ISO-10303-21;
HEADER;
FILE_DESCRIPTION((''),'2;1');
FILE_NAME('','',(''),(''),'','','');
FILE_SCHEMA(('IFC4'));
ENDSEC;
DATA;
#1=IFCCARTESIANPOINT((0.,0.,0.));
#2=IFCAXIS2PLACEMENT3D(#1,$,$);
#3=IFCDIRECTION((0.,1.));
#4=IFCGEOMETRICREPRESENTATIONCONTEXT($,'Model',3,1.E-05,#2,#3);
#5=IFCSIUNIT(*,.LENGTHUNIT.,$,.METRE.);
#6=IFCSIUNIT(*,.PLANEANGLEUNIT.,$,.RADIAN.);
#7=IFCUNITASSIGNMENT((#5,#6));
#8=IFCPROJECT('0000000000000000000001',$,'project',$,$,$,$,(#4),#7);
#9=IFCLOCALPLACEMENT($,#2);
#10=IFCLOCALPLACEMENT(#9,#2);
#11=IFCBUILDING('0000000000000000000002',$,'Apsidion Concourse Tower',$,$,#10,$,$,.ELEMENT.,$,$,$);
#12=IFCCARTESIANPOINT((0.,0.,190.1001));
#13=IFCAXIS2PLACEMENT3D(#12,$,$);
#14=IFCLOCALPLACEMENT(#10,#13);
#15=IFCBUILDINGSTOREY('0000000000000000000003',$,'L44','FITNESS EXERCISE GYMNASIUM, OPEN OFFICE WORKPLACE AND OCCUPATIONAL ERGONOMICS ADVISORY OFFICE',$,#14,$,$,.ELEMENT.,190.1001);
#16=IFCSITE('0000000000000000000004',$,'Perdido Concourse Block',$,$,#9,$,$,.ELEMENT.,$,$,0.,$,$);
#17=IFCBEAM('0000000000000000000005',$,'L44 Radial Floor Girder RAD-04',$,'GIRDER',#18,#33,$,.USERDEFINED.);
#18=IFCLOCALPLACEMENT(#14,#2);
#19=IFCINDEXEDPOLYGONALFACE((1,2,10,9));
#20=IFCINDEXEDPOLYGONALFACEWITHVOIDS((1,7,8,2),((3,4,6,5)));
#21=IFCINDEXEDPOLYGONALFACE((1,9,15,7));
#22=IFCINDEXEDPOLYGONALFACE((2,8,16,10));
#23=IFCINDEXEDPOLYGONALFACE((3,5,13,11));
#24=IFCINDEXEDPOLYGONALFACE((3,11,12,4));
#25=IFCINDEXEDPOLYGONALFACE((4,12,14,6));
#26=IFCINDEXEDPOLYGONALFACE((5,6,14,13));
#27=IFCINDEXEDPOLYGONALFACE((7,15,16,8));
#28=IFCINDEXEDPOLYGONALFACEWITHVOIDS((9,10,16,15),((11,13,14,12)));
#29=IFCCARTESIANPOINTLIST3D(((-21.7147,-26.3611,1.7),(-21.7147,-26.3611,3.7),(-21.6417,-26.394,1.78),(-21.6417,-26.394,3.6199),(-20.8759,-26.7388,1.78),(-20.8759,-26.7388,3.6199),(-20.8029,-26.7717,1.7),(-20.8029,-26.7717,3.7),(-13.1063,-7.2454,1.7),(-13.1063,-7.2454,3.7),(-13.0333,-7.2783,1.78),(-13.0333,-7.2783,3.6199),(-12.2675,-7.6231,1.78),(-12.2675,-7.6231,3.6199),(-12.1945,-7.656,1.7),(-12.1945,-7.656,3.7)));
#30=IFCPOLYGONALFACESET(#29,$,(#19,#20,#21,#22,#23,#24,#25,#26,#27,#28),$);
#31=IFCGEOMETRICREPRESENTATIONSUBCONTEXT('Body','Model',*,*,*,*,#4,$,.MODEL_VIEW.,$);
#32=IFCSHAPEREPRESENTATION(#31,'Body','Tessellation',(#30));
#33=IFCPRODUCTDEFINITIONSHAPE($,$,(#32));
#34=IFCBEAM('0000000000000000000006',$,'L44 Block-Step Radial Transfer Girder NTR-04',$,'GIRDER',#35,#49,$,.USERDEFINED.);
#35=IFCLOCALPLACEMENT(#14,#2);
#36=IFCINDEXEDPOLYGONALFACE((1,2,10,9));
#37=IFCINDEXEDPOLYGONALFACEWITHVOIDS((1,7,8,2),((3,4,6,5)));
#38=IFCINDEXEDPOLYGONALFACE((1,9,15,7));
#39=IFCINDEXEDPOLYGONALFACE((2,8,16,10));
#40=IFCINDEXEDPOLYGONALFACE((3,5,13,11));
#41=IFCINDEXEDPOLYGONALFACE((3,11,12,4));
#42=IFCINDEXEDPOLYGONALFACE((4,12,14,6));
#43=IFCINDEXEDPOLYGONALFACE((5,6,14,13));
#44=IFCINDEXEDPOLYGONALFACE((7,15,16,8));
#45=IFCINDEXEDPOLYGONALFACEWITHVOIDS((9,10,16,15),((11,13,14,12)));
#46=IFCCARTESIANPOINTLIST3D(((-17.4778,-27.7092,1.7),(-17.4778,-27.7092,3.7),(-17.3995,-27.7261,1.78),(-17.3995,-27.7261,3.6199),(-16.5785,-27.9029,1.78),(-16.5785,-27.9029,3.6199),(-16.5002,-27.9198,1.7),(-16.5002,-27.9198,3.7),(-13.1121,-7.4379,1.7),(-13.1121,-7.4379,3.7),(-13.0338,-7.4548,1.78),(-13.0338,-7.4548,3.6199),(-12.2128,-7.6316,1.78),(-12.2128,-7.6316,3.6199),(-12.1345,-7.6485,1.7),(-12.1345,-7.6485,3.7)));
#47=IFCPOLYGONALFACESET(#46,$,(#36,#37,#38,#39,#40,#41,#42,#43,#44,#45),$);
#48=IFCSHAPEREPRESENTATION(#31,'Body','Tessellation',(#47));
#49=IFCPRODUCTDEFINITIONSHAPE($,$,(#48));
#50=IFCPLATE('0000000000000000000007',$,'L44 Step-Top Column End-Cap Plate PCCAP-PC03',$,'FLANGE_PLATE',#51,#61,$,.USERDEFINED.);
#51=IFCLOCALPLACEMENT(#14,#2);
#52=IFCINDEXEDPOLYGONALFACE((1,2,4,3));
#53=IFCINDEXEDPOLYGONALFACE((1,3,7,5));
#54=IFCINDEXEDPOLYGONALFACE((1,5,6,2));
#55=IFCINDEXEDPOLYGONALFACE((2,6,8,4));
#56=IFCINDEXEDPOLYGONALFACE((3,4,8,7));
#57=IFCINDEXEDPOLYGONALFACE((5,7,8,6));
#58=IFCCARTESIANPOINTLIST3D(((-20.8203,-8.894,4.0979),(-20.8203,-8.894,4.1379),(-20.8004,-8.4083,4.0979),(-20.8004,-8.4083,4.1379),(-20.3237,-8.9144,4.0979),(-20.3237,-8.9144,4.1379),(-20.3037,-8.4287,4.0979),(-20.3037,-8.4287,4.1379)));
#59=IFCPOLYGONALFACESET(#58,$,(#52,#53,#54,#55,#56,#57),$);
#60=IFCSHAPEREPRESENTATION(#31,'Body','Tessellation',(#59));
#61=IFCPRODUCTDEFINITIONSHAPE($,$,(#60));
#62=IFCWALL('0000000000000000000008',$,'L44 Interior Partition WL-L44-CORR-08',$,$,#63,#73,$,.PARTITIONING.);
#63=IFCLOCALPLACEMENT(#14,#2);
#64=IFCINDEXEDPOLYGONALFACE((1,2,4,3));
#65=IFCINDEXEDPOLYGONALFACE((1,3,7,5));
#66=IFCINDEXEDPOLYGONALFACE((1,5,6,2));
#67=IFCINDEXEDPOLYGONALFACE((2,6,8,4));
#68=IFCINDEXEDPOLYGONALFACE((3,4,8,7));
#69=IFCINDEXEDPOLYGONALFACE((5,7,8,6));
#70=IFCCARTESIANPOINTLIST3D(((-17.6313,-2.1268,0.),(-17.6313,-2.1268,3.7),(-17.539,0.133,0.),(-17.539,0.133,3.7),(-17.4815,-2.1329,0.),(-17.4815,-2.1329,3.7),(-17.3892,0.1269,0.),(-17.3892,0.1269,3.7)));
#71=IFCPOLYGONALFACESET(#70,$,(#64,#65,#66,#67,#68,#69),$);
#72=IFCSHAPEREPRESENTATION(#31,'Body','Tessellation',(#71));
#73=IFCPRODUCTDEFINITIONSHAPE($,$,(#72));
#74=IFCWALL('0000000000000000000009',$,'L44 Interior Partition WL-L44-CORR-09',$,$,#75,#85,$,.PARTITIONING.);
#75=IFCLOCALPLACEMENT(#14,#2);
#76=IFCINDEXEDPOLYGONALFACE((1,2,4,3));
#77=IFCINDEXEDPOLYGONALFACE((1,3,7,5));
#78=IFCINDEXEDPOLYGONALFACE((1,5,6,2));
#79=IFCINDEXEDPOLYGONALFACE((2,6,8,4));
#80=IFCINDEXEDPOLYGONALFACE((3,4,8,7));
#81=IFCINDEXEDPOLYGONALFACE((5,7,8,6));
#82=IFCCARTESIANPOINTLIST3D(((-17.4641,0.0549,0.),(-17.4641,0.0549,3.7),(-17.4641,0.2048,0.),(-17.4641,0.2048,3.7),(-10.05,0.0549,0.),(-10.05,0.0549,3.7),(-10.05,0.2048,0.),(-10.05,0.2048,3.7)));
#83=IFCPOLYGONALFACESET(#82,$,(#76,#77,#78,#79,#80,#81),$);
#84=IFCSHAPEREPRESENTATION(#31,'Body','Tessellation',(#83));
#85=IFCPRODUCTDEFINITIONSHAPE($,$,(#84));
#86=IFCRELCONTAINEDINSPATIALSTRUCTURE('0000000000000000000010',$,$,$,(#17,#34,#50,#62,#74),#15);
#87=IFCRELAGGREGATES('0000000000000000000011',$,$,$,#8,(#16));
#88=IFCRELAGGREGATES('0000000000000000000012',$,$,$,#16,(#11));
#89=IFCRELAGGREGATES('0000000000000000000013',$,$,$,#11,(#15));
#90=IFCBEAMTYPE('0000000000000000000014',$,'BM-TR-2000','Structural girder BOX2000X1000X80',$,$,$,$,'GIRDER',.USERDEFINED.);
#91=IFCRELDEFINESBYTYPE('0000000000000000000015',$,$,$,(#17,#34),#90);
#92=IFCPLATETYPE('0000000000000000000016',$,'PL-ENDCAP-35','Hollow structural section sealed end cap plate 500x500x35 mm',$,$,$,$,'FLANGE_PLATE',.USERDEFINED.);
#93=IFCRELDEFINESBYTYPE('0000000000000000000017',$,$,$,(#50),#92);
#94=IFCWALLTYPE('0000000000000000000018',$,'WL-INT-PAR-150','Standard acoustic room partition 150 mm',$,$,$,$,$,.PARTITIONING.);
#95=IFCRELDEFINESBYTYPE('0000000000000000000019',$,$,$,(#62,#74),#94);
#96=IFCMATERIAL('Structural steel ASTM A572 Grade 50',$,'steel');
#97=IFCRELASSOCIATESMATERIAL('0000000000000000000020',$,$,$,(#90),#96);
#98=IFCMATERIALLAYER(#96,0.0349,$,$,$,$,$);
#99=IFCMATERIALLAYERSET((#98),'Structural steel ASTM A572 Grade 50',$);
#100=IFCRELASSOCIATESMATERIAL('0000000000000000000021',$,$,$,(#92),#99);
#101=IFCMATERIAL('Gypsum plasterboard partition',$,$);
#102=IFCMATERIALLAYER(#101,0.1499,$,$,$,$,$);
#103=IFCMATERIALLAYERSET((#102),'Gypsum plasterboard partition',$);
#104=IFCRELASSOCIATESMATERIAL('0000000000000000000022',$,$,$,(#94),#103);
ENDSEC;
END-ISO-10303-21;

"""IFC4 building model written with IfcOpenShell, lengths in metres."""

from ifc_helpers import new_model, si_unit, direction, frame, frame_2d, origin, origin_2d, place, context, subcontext, project, spatial, rectangle, hollow_rectangle, extrude, material, layer, layer_set, material_profile, profile_set, type_object, element, save


model = new_model("IFC4")

# Units and contexts
model_context = context("Model", 3, precision=1e-05, world=origin(), true_north=direction((0.0, 1.0)))
body_context = subcontext(model_context, "Body", "Model", "MODEL_VIEW")
ifc_project = project(units=[si_unit("LENGTHUNIT", "METRE"), si_unit("PLANEANGLEUNIT", "RADIAN")], contexts=[model_context])

# Site, building, storey
site_placement = place(None, origin())
site = spatial("IfcSite", under=ifc_project, at=site_placement, Name="Perdido Concourse Block", CompositionType="ELEMENT", RefElevation=0.0)
building_placement = place(site_placement, origin())
building = spatial("IfcBuilding", under=site, at=building_placement, Name="Apsidion Concourse Tower", CompositionType="ELEMENT")
storey_placement = place(building_placement, frame((0.0, 0.0, 190.1001)))
storey = spatial("IfcBuildingStorey", under=building, at=storey_placement, Name="L44", Description="FITNESS EXERCISE GYMNASIUM, OPEN OFFICE WORKPLACE AND OCCUPATIONAL ERGONOMICS ADVISORY OFFICE", CompositionType="ELEMENT", Elevation=190.1001)

# Beams
ifc_material_1 = material(Name="Structural steel ASTM A572 Grade 50", Category="steel")
ifc_material_profile_1 = material_profile(ifc_material_1, hollow_rectangle(XDim=1.0, YDim=2.0, WallThickness=0.0801, at=origin_2d()), Name="BOX2000X1000X80")
ifc_profile_set_1 = profile_set([ifc_material_profile_1], Name="Structural steel ASTM A572 Grade 50")
beam_type_1 = type_object("IfcBeamType", Name="BM-TR-2000", Description="Structural girder BOX2000X1000X80", ElementType="GIRDER", PredefinedType="USERDEFINED", material=ifc_profile_set_1)
beam_1_placement = place(storey_placement, frame((-12.6504, -7.4507, 2.7), z_axis=(-0.410615, -0.911809, 0.0), x_axis=(0.911809, -0.410615, 0.0)))
element("IfcBeam", 1, at=beam_1_placement, inside=storey, type_object=beam_type_1, Name="L44 Radial Floor Girder RAD-04", ObjectType="GIRDER", PredefinedType="USERDEFINED", context=body_context, shape_type="SweptSolid", body=[
    extrude(hollow_rectangle(XDim=1.0, YDim=2.0, WallThickness=0.0801, at=origin_2d()), origin(), (0.0, 0.0, 1.0), 20.9646),
])
beam_2_placement = place(storey_placement, frame((-12.6233, -7.5432, 2.7), z_axis=(-0.210538, -0.977586, 0.0), x_axis=(0.977586, -0.210538, 0.0)))
element("IfcBeam", 2, at=beam_2_placement, inside=storey, type_object=beam_type_1, Name="L44 Block-Step Radial Transfer Girder NTR-04", ObjectType="GIRDER", PredefinedType="USERDEFINED", context=body_context, shape_type="SweptSolid", body=[
    extrude(hollow_rectangle(XDim=1.0, YDim=2.0, WallThickness=0.0801, at=origin_2d()), origin(), (0.0, 0.0, 1.0), 20.7361),
])

# Plate
ifc_layer_1 = layer(ifc_material_1, 0.0349)
ifc_layer_set_1 = layer_set([ifc_layer_1], Name="Structural steel ASTM A572 Grade 50")
plate_type = type_object("IfcPlateType", Name="PL-ENDCAP-35", Description="Hollow structural section sealed end cap plate 500x500x35 mm", ElementType="FLANGE_PLATE", PredefinedType="USERDEFINED", material=ifc_layer_set_1)
plate_placement = place(storey_placement, frame((-20.562, -8.6614, 4.0979), z_axis=(0.0, 0.0, 1.0), x_axis=(0.041004, 0.999159, 0.0)))
element("IfcPlate", 3, at=plate_placement, inside=storey, type_object=plate_type, Name="L44 Step-Top Column End-Cap Plate PCCAP-PC03", ObjectType="FLANGE_PLATE", PredefinedType="USERDEFINED", context=body_context, shape_type="SweptSolid", body=[
    extrude(rectangle(XDim=0.4861, YDim=0.4971, at=origin_2d()), origin(), (0.0, 0.0, 1.0), 0.04),
])

# Walls
ifc_material_2 = material(Name="Gypsum plasterboard partition")
ifc_layer_2 = layer(ifc_material_2, 0.1499)
ifc_layer_set_2 = layer_set([ifc_layer_2], Name="Gypsum plasterboard partition")
wall_type = type_object("IfcWallType", Name="WL-INT-PAR-150", Description="Standard acoustic room partition 150 mm", PredefinedType="PARTITIONING", material=ifc_layer_set_2)
wall_1_placement = place(storey_placement, frame((-17.5564, -2.1299, 0.0), z_axis=(0.0, 0.0, 1.0), x_axis=(0.040804, 0.999167, 0.0)))
element("IfcWall", 4, at=wall_1_placement, inside=storey, type_object=wall_type, Name="L44 Interior Partition WL-L44-CORR-08", PredefinedType="PARTITIONING", context=body_context, shape_type="SweptSolid", body=[
    extrude(rectangle(XDim=2.2617, YDim=0.1499, at=frame_2d((1.1309, 0.0))), origin(), (0.0, 0.0, 1.0), 3.7),
])
wall_2_placement = place(storey_placement, frame((-17.4641, 0.1299, 0.0), z_axis=(0.0, 0.0, 1.0), x_axis=(1.0, 0.0, 0.0)))
element("IfcWall", 5, at=wall_2_placement, inside=storey, type_object=wall_type, Name="L44 Interior Partition WL-L44-CORR-09", PredefinedType="PARTITIONING", context=body_context, shape_type="SweptSolid", body=[
    extrude(rectangle(XDim=7.4141, YDim=0.1499, at=frame_2d((3.707, 0.0))), origin(), (0.0, 0.0, 1.0), 3.7),
])

save(model, "model.ifc")
